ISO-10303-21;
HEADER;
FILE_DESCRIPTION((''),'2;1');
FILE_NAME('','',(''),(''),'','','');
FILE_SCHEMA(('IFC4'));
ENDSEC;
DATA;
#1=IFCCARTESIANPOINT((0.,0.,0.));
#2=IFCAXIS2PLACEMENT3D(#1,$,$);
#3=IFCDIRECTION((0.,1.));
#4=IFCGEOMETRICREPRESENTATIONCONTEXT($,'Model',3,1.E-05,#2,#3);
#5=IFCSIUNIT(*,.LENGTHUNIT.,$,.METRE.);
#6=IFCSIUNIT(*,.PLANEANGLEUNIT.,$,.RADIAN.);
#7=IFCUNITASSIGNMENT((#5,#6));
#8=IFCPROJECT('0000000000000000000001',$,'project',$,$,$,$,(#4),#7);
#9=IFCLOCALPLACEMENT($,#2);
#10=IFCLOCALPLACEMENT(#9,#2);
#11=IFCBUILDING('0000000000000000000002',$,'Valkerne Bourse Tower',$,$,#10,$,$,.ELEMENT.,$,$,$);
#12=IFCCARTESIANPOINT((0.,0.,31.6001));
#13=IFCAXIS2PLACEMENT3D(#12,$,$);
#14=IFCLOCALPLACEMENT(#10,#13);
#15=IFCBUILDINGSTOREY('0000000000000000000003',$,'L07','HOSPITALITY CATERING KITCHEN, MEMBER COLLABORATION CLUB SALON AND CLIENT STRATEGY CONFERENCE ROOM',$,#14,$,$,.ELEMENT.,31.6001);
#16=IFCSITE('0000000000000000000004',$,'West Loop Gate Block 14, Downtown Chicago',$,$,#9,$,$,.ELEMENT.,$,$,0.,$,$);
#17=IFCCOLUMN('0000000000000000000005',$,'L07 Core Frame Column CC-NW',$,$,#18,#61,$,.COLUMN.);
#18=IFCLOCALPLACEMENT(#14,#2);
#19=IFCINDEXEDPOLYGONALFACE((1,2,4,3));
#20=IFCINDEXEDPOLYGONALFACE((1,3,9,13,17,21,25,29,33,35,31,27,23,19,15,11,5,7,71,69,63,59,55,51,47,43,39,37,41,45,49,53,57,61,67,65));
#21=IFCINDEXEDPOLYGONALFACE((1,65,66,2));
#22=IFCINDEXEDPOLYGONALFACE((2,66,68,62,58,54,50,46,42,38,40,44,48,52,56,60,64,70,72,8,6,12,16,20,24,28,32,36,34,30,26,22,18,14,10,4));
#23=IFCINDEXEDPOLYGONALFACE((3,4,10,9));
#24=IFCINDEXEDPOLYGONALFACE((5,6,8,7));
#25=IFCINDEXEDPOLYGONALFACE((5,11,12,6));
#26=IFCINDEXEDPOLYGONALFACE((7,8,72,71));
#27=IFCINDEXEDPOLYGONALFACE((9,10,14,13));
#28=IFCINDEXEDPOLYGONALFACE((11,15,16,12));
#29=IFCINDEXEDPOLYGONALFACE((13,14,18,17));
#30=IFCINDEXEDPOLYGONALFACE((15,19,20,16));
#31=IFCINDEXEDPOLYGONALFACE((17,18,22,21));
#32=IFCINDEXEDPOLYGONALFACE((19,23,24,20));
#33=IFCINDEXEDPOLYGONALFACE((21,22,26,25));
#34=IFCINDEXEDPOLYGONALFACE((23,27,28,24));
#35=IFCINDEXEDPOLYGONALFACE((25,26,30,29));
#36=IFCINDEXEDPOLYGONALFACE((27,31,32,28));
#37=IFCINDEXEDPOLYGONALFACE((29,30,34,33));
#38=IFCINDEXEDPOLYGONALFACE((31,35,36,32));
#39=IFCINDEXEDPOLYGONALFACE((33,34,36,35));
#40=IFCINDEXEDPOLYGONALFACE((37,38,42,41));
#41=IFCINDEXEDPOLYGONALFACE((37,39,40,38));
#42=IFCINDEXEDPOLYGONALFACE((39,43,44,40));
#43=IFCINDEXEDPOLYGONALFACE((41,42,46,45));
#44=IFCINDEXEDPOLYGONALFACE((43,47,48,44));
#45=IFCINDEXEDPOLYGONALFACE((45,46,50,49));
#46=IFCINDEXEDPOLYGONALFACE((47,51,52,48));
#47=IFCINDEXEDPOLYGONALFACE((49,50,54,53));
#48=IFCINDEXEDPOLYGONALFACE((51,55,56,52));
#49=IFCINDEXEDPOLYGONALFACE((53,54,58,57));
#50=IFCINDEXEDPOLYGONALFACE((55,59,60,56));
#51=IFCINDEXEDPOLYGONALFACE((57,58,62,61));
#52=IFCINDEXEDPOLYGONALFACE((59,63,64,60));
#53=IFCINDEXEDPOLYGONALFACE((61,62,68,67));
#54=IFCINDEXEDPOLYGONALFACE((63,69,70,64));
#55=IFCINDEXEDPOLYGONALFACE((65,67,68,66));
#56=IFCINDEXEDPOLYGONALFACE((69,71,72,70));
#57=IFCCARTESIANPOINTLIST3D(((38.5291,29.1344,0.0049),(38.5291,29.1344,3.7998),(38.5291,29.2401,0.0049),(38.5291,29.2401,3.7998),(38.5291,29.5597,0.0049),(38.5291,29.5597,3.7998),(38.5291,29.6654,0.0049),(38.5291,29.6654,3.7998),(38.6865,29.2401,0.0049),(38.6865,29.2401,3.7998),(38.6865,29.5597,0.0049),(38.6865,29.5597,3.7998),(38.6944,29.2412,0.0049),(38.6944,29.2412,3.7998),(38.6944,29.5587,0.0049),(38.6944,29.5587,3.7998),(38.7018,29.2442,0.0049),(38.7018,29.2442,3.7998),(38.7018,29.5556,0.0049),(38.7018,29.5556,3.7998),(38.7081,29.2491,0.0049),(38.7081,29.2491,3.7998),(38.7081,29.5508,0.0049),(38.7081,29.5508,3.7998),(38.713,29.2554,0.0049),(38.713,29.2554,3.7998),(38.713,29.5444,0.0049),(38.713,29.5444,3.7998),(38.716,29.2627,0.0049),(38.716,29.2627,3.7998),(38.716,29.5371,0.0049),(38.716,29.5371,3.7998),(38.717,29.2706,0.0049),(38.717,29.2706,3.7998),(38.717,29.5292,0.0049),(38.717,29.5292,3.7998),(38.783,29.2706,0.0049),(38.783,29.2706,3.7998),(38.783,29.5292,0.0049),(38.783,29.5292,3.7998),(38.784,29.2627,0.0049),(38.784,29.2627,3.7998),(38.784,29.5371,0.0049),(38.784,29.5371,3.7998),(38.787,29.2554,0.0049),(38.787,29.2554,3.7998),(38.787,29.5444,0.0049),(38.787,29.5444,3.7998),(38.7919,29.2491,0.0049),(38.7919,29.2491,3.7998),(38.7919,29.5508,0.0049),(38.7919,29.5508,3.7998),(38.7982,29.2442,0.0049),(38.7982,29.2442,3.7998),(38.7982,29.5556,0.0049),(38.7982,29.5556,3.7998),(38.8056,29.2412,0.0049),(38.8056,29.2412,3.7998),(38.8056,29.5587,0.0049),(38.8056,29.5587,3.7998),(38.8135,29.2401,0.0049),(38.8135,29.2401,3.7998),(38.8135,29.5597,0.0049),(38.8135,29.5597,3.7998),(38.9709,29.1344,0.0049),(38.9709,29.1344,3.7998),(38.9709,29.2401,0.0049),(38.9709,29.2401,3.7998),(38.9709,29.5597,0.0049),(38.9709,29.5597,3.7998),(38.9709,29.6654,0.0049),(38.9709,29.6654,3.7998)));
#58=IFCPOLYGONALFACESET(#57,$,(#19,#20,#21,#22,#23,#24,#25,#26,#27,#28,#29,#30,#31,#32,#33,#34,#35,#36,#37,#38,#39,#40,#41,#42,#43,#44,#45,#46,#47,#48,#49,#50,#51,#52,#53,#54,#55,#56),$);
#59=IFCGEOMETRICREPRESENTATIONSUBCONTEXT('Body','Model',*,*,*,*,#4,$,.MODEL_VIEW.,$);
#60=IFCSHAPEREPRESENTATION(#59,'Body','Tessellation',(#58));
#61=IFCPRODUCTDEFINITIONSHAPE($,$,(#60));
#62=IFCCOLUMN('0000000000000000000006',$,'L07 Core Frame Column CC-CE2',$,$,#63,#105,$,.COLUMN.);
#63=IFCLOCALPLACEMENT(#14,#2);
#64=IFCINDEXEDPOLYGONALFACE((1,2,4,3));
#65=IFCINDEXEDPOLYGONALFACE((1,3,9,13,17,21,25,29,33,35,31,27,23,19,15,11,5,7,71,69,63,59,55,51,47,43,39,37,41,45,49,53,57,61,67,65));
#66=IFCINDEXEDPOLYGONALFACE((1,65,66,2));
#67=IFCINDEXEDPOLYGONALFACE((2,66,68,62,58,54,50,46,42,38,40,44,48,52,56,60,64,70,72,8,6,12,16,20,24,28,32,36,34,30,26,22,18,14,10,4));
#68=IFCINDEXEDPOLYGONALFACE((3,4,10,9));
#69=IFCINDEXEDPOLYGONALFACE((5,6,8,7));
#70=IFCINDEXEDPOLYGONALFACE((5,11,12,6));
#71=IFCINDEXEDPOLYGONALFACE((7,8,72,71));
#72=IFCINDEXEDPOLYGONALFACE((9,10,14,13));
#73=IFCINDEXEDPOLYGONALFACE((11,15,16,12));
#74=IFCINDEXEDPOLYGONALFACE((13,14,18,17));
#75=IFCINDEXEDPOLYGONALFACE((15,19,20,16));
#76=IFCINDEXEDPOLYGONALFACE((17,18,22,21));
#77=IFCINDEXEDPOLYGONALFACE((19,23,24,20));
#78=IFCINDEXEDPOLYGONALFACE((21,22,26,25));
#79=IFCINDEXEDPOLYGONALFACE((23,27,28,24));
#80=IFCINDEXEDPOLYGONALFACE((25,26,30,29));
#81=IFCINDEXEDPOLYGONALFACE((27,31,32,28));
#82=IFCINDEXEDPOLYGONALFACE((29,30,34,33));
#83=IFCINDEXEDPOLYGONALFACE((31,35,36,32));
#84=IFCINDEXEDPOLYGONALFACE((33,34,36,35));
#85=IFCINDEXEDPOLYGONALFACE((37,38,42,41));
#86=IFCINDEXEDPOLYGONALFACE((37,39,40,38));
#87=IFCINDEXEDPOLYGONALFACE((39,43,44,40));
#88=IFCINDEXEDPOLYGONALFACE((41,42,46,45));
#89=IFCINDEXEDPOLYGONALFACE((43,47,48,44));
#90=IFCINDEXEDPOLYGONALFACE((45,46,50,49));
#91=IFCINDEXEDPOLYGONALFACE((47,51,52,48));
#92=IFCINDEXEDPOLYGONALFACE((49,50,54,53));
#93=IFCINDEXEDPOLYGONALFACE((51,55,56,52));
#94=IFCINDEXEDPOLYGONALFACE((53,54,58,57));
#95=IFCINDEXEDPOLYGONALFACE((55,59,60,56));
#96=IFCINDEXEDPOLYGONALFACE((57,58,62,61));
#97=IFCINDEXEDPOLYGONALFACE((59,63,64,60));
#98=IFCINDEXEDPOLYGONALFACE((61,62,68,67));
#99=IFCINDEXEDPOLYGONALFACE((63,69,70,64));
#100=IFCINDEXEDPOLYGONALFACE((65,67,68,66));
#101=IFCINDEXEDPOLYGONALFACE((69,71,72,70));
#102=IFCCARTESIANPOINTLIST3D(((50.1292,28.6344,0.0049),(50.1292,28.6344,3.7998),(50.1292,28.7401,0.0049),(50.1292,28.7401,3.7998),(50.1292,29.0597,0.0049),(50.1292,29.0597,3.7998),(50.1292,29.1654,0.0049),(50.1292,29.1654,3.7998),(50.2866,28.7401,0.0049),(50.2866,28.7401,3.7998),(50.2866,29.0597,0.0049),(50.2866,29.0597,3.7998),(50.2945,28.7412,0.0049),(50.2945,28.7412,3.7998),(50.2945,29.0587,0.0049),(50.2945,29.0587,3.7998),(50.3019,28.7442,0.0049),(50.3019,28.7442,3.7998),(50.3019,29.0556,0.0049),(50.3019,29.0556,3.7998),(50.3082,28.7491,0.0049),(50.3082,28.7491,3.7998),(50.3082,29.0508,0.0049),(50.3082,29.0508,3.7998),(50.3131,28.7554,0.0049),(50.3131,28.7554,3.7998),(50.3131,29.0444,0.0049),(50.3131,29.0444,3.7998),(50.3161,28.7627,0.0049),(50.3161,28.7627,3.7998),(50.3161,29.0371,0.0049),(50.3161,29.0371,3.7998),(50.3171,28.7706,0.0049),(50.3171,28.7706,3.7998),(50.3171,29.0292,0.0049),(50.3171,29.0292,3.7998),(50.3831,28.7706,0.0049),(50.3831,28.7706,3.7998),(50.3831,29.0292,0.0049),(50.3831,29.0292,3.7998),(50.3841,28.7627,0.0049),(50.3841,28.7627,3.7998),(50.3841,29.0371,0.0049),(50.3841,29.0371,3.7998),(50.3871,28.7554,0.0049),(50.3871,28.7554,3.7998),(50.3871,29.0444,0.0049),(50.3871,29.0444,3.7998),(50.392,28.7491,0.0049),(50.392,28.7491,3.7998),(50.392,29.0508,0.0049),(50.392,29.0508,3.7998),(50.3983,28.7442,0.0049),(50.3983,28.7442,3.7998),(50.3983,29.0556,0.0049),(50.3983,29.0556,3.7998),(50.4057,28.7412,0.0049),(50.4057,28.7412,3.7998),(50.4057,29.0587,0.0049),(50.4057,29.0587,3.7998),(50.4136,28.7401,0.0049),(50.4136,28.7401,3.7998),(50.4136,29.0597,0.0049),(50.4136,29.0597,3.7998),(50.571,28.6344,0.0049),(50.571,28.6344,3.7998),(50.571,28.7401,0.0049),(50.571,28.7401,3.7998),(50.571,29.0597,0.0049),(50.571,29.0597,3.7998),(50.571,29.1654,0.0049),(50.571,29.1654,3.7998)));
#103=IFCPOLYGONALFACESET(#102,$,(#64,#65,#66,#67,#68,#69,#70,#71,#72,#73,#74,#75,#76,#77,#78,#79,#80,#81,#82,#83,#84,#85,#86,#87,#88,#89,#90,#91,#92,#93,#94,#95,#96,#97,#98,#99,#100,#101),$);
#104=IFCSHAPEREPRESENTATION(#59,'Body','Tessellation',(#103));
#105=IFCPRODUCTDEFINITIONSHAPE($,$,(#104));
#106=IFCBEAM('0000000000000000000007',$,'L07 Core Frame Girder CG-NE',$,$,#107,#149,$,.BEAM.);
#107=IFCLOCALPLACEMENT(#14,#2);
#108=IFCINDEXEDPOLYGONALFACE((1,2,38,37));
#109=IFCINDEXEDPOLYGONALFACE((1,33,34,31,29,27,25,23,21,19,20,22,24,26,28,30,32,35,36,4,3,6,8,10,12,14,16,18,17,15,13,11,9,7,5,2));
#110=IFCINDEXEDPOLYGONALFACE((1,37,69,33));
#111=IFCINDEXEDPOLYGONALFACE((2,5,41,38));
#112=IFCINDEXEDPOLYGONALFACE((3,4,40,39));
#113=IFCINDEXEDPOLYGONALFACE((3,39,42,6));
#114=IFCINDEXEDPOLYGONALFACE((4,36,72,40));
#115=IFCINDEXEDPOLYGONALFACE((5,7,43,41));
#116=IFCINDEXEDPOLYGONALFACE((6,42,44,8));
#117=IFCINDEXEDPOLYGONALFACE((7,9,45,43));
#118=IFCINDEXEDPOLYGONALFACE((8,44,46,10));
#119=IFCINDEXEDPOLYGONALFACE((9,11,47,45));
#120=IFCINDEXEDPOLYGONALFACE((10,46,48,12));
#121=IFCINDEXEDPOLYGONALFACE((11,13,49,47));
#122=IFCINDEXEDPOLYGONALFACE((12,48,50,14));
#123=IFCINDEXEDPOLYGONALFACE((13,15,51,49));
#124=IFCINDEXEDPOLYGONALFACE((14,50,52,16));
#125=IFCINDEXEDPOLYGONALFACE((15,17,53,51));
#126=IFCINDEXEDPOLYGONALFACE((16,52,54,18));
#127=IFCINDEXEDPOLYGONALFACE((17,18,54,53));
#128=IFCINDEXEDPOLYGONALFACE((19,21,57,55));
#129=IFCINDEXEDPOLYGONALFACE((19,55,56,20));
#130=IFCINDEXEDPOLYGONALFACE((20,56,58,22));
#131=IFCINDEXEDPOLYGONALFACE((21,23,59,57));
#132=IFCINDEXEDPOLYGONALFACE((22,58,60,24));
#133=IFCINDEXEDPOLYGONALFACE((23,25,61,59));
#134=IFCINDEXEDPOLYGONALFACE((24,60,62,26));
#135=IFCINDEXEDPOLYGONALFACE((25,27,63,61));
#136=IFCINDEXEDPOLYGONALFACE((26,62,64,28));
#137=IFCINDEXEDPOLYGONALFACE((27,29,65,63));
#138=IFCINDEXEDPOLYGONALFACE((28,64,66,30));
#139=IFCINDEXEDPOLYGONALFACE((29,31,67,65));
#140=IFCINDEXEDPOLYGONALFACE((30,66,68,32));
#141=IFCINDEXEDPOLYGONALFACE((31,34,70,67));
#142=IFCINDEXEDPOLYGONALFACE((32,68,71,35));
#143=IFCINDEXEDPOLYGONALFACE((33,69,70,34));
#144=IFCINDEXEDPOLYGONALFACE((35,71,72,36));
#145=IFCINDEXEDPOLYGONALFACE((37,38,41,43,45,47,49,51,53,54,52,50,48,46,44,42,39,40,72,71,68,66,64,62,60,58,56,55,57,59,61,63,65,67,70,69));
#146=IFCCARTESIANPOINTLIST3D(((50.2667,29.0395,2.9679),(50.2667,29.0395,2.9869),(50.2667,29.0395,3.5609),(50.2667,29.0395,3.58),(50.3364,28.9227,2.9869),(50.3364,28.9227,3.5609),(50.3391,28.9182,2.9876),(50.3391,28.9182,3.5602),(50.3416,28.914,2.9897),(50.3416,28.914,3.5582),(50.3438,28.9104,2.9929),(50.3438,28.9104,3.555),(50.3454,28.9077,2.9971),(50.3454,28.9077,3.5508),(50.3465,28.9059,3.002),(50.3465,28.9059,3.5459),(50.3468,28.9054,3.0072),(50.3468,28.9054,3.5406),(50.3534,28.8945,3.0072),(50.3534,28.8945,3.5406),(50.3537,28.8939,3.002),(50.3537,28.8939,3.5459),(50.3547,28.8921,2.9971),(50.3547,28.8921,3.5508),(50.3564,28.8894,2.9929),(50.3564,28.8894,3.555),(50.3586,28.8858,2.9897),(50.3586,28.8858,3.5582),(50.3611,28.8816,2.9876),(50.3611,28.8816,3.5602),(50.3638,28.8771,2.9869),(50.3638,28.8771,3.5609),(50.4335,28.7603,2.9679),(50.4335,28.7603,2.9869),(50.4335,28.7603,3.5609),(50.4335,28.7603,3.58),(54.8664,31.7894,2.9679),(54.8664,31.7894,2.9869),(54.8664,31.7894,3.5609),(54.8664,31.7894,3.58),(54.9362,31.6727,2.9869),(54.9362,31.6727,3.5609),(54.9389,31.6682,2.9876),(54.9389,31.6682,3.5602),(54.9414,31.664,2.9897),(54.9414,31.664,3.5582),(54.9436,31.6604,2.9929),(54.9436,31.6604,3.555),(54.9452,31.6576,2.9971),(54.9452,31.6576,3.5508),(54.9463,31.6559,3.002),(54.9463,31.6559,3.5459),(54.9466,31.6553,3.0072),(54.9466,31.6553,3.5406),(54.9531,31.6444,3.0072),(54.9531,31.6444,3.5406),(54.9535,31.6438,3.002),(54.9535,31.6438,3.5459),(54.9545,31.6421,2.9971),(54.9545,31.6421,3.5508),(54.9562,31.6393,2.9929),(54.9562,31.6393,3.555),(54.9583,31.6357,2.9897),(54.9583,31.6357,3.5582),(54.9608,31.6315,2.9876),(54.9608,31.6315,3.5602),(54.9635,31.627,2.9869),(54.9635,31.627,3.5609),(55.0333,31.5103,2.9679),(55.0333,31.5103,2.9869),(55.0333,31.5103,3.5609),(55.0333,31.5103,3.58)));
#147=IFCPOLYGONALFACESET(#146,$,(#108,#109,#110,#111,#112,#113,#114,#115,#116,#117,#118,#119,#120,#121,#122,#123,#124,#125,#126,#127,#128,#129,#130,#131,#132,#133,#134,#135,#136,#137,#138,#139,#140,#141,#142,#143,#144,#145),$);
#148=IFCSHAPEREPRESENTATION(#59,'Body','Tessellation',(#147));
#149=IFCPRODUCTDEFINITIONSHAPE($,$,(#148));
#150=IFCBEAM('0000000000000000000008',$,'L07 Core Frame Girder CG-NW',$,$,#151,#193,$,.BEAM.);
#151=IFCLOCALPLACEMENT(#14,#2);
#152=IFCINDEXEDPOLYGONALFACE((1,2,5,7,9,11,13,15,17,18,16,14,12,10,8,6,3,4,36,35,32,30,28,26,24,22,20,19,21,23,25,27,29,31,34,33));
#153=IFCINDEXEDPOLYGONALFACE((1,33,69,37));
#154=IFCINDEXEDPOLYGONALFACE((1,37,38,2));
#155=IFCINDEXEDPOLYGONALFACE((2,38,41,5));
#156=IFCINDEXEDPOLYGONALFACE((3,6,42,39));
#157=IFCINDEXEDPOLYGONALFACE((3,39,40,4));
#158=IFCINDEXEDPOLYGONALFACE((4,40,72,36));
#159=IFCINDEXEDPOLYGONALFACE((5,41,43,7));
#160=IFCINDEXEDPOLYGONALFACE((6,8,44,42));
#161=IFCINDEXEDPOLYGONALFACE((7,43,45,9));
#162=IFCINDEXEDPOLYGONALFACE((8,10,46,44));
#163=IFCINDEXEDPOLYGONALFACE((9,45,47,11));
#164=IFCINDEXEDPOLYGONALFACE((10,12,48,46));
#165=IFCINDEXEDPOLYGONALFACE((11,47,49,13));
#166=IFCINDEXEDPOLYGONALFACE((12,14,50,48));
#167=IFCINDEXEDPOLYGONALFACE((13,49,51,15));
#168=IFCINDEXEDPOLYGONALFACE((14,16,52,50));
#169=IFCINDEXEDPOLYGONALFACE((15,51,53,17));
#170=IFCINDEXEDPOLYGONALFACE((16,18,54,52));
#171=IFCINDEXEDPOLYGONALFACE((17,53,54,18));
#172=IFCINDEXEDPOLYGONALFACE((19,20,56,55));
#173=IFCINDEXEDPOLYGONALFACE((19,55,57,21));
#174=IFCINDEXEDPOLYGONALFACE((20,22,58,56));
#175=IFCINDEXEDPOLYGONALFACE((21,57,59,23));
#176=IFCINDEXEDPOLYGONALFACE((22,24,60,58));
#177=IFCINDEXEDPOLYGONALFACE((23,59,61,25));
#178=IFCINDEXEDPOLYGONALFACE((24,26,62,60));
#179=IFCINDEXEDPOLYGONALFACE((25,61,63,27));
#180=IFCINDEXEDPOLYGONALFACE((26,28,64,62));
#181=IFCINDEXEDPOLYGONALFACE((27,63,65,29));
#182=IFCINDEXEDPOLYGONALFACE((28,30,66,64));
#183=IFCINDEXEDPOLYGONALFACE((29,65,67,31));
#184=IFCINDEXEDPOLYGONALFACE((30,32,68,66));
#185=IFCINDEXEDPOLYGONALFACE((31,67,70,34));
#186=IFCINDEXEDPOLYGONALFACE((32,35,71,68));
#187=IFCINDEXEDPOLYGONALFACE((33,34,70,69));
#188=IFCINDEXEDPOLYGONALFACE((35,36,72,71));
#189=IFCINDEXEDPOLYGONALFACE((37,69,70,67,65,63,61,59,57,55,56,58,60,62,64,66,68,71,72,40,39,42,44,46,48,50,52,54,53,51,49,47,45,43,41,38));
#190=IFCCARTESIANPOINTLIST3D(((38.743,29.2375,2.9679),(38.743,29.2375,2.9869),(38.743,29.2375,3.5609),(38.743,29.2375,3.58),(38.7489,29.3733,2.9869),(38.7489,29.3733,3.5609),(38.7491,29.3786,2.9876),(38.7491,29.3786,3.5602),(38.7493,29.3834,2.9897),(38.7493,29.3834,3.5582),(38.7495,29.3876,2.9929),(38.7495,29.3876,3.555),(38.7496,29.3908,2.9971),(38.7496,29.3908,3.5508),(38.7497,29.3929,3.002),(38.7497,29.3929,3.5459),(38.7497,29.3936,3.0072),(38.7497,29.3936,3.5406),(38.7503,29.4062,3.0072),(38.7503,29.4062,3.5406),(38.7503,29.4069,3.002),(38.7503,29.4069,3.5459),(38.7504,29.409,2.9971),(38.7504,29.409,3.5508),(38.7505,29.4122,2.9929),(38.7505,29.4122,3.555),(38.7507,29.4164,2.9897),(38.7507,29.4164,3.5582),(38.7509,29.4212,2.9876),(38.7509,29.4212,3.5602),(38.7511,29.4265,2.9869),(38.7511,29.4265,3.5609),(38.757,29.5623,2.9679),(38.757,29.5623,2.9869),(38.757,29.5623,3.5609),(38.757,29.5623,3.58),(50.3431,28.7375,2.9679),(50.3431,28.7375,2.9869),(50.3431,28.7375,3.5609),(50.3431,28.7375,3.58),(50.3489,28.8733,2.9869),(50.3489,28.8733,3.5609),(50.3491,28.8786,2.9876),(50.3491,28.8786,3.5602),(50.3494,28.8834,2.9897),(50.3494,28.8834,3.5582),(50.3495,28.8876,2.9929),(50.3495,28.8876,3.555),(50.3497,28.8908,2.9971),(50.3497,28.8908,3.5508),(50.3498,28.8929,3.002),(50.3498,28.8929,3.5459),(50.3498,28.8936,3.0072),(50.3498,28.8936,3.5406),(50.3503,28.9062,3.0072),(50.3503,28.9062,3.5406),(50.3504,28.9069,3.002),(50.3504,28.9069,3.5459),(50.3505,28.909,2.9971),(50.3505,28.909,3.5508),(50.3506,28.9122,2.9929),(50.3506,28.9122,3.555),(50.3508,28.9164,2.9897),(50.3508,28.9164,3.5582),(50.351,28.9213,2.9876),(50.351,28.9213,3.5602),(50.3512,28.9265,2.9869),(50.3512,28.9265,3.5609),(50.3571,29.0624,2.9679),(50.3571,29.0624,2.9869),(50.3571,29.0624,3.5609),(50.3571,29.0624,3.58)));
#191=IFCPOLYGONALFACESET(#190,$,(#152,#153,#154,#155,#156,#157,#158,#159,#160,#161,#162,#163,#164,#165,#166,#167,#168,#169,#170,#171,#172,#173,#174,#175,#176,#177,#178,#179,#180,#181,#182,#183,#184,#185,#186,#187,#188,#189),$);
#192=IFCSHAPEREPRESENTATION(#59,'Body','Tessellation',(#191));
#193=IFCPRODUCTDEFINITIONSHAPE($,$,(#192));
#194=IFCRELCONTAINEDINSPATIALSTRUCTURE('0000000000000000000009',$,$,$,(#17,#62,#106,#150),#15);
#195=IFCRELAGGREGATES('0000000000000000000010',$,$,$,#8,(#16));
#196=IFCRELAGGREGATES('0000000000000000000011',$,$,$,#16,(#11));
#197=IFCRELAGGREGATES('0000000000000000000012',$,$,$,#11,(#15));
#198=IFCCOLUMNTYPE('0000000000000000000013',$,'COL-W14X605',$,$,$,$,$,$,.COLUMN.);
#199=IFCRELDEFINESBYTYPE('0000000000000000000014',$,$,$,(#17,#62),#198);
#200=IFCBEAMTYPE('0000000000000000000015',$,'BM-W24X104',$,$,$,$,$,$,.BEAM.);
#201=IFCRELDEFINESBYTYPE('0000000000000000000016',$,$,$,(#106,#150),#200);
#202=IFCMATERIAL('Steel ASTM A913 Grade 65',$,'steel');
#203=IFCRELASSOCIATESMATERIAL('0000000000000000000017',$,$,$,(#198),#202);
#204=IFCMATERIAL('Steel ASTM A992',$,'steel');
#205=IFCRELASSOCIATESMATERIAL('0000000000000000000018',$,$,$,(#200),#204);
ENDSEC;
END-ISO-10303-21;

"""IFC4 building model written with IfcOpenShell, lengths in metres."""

from ifc_helpers import new_model, si_unit, direction, frame, origin, origin_2d, place, context, subcontext, project, spatial, i_section, extrude, material, material_profile, profile_set, type_object, element, save


model = new_model("IFC4")

# Units and contexts
model_context = context("Model", 3, precision=1e-05, world=origin(), true_north=direction((0.0, 1.0)))
body_context = subcontext(model_context, "Body", "Model", "MODEL_VIEW")
ifc_project = project(units=[si_unit("LENGTHUNIT", "METRE"), si_unit("PLANEANGLEUNIT", "RADIAN")], contexts=[model_context])

# Site, building, storey
site_placement = place(None, origin())
site = spatial("IfcSite", under=ifc_project, at=site_placement, Name="West Loop Gate Block 14, Downtown Chicago", CompositionType="ELEMENT", RefElevation=0.0)
building_placement = place(site_placement, origin())
building = spatial("IfcBuilding", under=site, at=building_placement, Name="Valkerne Bourse Tower", CompositionType="ELEMENT")
storey_placement = place(building_placement, frame((0.0, 0.0, 31.6001)))
storey = spatial("IfcBuildingStorey", under=building, at=storey_placement, Name="L07", Description="HOSPITALITY CATERING KITCHEN, MEMBER COLLABORATION CLUB SALON AND CLIENT STRATEGY CONFERENCE ROOM", CompositionType="ELEMENT", Elevation=31.6001)

# Columns
ifc_material_1 = material(Name="Steel ASTM A913 Grade 65", Category="steel")
ifc_material_profile_1 = material_profile(ifc_material_1, i_section(OverallWidth=0.4419, OverallDepth=0.531, WebThickness=0.0659, FlangeThickness=0.1057, FilletRadius=0.0305, at=origin_2d()), Name="W14X605")
ifc_profile_set_1 = profile_set([ifc_material_profile_1], Name="Steel ASTM A913 Grade 65")
column_type = type_object("IfcColumnType", Name="COL-W14X605", PredefinedType="COLUMN", material=ifc_profile_set_1)
for number, where, z_axis, x_axis, name in (
    (1, (38.75, 29.3999, 0.0049), (0.0, 0.0, 1.0), (1.0, 0.0, 0.0), "L07 Core Frame Column CC-NW"),
    (2, (50.3501, 28.8999, 0.0049), (0.0, 0.0, 1.0), (1.0, 0.0, 0.0), "L07 Core Frame Column CC-CE2"),
):
    element("IfcColumn", number, at=place(storey_placement, frame(where, z_axis=z_axis, x_axis=x_axis)), inside=storey, type_object=column_type, Name=name, PredefinedType="COLUMN", context=body_context, shape_type="SweptSolid", body=[
        extrude(i_section(OverallWidth=0.4419, OverallDepth=0.531, WebThickness=0.0659, FlangeThickness=0.1057, FilletRadius=0.0305, at=origin_2d()), origin(), (0.0, 0.0, 1.0), 3.7949),
    ])

# Beams
ifc_material_2 = material(Name="Steel ASTM A992", Category="steel")
ifc_material_profile_2 = material_profile(ifc_material_2, i_section(OverallWidth=0.3252, OverallDepth=0.6121, WebThickness=0.0127, FlangeThickness=0.019, FilletRadius=0.0203, at=origin_2d()), Name="W24X104")
ifc_profile_set_2 = profile_set([ifc_material_profile_2], Name="Steel ASTM A992")
beam_type = type_object("IfcBeamType", Name="BM-W24X104", PredefinedType="BEAM", material=ifc_profile_set_2)
beam_1_placement = place(storey_placement, frame((50.3501, 28.8999, 3.2739), z_axis=(0.858308, 0.513135, 0.0), x_axis=(-0.513135, 0.858308, 0.0)))
element("IfcBeam", 3, at=beam_1_placement, inside=storey, type_object=beam_type, Name="L07 Core Frame Girder CG-NE", PredefinedType="BEAM", context=body_context, shape_type="SweptSolid", body=[
    extrude(i_section(OverallWidth=0.3252, OverallDepth=0.6121, WebThickness=0.0127, FlangeThickness=0.019, FilletRadius=0.0203, at=origin_2d()), origin(), (0.0, 0.0, 1.0), 5.3591),
])
beam_2_placement = place(storey_placement, frame((38.75, 29.3999, 3.2739), z_axis=(0.999072, -0.043063, 0.0), x_axis=(0.043063, 0.999072, 0.0)))
element("IfcBeam", 4, at=beam_2_placement, inside=storey, type_object=beam_type, Name="L07 Core Frame Girder CG-NW", PredefinedType="BEAM", context=body_context, shape_type="SweptSolid", body=[
    extrude(i_section(OverallWidth=0.3252, OverallDepth=0.6121, WebThickness=0.0127, FlangeThickness=0.019, FilletRadius=0.0203, at=origin_2d()), origin(), (0.0, 0.0, 1.0), 11.6108),
])

save(model, "model.ifc")
